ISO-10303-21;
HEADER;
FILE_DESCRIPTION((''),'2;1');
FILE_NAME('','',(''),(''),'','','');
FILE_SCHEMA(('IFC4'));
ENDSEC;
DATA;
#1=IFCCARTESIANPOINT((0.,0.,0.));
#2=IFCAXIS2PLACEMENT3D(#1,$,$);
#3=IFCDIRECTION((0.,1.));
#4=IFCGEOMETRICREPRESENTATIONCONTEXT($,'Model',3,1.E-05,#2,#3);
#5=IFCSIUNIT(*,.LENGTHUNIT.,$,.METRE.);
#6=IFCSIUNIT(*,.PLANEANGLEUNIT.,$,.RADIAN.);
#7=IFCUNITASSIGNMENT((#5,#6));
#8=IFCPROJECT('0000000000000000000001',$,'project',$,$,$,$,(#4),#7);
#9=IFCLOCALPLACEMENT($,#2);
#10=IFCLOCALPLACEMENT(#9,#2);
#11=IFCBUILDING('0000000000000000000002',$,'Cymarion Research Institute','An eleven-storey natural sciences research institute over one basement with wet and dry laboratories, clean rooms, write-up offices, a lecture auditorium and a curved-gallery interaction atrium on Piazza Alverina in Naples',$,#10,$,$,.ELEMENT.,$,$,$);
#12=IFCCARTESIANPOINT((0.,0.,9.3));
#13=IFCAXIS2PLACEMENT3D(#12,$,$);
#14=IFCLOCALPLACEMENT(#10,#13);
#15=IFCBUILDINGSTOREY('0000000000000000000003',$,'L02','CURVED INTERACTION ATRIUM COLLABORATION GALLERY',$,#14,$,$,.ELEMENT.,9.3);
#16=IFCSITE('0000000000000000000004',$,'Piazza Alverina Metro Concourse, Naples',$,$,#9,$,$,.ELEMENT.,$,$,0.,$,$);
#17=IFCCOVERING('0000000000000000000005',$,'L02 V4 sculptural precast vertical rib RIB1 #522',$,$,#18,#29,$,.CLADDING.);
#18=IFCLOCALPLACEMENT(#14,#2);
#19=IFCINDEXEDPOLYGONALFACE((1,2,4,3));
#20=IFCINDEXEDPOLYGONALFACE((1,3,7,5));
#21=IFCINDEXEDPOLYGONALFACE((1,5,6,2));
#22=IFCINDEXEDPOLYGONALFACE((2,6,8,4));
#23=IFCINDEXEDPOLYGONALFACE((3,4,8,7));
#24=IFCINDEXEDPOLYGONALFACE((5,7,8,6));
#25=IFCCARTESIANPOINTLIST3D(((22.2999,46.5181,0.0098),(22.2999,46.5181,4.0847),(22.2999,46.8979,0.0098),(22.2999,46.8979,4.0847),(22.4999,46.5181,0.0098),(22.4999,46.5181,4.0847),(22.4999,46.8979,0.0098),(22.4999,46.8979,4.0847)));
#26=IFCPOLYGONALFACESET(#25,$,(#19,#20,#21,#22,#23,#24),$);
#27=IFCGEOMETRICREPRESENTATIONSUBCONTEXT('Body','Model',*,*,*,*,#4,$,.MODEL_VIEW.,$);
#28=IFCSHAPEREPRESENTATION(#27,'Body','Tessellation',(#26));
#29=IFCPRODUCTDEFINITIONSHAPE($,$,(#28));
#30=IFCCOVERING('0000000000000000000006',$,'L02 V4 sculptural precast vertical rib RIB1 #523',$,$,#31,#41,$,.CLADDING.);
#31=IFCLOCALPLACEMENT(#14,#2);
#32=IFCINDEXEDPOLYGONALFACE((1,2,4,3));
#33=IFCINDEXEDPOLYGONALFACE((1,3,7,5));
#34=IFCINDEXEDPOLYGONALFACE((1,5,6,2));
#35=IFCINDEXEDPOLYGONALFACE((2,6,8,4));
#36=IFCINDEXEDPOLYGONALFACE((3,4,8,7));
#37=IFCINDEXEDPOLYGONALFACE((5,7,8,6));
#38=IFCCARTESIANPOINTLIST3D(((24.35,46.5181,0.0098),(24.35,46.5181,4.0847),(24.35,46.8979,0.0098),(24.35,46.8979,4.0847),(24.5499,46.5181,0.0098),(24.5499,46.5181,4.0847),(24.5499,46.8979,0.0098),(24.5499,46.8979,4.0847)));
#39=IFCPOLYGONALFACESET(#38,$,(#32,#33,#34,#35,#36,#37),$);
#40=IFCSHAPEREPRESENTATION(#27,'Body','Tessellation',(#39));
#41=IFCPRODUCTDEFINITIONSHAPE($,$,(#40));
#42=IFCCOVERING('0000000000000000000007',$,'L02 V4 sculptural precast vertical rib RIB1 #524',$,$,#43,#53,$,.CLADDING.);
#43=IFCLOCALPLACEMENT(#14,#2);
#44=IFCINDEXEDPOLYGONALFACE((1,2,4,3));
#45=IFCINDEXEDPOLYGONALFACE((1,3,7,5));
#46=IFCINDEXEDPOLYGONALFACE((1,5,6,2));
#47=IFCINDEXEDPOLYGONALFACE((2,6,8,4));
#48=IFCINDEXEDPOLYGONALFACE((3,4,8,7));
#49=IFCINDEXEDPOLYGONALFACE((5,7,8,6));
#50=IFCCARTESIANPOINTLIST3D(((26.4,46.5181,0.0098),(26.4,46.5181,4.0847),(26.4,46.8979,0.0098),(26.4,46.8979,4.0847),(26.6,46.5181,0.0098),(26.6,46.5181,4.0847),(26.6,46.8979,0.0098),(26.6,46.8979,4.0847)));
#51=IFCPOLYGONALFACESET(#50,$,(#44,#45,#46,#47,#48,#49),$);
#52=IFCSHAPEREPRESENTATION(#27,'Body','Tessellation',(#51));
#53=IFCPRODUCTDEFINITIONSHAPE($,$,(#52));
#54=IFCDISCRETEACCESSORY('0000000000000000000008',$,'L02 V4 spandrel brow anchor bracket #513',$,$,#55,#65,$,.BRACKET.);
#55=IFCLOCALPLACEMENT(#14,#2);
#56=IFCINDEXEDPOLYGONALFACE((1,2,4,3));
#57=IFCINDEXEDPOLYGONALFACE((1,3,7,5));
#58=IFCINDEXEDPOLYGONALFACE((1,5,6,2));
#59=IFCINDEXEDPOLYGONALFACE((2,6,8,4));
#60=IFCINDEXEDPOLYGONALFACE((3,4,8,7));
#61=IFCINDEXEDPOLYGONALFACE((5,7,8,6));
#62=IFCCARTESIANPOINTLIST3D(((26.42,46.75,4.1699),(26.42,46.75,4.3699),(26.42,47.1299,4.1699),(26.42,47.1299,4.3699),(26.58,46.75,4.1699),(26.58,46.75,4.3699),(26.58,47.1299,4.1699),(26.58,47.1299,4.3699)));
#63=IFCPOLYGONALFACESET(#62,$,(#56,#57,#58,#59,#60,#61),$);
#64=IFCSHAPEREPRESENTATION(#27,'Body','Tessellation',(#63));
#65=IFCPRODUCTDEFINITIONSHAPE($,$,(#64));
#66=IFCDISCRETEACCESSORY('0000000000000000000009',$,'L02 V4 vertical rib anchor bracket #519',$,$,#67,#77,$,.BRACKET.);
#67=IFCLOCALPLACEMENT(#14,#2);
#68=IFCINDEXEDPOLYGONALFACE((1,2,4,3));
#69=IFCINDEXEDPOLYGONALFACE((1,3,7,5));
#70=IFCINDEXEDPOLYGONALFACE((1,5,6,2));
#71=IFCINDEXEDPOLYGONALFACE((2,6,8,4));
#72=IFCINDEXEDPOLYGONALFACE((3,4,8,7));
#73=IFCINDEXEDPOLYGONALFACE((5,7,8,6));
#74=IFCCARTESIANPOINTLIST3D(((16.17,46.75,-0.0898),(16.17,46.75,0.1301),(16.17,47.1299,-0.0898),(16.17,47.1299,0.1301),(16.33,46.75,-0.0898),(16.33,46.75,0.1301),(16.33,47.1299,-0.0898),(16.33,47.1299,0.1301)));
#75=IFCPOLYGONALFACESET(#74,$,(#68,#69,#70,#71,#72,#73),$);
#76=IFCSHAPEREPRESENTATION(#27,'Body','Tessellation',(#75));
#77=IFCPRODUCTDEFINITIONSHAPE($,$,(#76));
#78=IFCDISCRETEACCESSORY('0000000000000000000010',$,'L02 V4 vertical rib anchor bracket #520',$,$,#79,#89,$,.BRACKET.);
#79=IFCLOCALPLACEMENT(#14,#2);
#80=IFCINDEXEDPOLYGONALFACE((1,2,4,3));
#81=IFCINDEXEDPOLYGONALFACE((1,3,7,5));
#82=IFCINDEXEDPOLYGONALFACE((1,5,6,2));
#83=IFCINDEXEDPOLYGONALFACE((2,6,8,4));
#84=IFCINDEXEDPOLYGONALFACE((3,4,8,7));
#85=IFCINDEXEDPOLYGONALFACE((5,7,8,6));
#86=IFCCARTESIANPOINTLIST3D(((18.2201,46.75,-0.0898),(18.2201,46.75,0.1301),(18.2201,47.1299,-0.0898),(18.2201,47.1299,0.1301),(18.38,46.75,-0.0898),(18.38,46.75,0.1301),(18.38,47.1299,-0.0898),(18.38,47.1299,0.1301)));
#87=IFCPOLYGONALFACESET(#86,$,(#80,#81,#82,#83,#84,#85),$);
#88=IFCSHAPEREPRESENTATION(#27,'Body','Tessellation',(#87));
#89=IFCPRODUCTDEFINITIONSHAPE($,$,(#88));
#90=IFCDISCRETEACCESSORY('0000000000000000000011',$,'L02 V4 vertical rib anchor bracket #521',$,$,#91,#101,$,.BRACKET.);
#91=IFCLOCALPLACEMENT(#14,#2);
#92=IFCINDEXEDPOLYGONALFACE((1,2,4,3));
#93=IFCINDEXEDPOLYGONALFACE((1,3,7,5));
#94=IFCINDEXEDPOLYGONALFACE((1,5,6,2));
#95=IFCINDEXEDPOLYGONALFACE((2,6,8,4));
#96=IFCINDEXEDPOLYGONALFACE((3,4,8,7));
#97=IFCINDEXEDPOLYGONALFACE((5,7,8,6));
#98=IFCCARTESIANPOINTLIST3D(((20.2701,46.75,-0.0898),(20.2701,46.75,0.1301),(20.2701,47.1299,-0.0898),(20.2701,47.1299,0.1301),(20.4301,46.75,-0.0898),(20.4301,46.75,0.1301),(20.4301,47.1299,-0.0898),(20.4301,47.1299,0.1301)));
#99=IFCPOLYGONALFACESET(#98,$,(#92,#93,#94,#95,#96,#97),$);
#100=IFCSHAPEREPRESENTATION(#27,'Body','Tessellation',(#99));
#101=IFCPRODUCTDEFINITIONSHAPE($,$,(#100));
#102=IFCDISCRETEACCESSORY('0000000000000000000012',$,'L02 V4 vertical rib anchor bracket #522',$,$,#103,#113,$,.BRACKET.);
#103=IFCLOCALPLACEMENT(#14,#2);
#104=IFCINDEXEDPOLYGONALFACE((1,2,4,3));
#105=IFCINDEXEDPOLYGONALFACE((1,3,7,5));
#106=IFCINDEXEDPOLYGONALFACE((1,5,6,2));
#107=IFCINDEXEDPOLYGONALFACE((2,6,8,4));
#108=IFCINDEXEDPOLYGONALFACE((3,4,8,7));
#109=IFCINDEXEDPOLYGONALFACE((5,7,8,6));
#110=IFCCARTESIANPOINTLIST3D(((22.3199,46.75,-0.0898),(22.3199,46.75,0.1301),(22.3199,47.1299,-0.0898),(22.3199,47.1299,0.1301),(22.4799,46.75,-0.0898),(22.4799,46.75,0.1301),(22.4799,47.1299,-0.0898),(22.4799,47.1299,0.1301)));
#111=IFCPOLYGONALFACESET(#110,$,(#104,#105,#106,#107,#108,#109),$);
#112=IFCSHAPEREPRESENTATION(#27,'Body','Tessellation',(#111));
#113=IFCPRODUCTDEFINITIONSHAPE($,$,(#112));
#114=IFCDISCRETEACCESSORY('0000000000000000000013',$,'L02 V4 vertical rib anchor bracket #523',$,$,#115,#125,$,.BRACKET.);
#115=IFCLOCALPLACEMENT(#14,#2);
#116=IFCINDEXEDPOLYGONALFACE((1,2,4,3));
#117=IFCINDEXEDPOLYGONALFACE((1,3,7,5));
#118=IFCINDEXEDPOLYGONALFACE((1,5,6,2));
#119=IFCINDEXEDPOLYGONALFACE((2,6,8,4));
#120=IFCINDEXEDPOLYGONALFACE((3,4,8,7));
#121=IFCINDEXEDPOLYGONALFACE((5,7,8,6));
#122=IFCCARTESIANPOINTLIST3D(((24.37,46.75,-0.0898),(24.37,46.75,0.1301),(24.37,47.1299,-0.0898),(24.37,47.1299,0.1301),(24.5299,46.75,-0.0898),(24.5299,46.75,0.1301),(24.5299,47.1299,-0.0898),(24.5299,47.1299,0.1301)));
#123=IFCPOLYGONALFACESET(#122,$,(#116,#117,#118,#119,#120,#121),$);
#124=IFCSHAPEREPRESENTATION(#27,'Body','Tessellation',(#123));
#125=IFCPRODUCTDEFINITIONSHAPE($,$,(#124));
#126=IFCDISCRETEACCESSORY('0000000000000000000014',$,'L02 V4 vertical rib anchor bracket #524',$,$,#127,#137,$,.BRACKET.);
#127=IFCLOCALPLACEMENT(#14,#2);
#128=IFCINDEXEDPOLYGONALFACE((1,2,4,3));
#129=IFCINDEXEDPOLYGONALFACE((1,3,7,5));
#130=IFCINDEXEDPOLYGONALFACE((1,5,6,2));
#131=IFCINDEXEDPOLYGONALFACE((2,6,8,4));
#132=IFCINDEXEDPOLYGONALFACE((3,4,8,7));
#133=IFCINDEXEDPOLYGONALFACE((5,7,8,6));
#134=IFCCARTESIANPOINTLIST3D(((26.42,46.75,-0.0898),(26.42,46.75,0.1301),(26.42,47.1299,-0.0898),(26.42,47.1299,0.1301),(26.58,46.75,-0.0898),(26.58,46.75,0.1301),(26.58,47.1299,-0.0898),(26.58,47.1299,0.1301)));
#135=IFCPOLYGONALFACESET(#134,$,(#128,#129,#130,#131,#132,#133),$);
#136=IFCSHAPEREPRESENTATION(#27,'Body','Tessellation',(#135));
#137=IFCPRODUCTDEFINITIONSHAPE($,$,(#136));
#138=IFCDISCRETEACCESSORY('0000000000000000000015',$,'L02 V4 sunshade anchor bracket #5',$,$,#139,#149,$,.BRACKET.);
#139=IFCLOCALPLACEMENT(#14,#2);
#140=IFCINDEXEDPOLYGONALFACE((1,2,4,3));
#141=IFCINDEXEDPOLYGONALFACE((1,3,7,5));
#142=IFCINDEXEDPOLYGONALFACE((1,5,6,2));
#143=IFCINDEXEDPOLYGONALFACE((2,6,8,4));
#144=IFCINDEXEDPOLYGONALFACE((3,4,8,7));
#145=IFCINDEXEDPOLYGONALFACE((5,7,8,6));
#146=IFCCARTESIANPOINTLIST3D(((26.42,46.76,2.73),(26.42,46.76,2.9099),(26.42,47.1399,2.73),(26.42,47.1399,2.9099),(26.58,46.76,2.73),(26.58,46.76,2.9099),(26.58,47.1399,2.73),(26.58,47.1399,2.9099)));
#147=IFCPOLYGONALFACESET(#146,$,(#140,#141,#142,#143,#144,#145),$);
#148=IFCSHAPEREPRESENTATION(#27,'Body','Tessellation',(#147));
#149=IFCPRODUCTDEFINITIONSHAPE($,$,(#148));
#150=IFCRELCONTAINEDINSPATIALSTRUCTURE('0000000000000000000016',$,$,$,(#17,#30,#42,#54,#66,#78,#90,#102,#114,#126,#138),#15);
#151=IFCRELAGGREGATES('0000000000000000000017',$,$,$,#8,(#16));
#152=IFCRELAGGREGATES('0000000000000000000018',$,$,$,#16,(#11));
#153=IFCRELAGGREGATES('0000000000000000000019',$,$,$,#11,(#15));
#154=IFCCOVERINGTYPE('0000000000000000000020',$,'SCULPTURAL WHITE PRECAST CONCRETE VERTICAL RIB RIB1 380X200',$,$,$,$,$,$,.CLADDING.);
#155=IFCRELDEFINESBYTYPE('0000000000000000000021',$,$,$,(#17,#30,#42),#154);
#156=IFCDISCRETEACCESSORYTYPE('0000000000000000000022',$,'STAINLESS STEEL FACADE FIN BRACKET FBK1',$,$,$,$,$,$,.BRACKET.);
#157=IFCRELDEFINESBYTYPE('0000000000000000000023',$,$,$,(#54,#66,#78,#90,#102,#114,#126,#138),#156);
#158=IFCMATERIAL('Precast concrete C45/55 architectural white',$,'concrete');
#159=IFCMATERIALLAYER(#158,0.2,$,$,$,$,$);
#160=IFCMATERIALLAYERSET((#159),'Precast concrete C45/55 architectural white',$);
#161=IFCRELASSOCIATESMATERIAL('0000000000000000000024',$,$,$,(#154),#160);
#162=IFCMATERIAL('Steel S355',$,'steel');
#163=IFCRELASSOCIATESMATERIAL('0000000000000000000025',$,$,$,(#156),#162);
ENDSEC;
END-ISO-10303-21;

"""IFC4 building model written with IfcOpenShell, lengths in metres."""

from ifc_helpers import new_model, si_unit, direction, frame, origin, origin_2d, place, context, subcontext, project, spatial, rectangle, extrude, material, layer, layer_set, type_object, element, save


model = new_model("IFC4")

# Units and contexts
model_context = context("Model", 3, precision=1e-05, world=origin(), true_north=direction((0.0, 1.0)))
body_context = subcontext(model_context, "Body", "Model", "MODEL_VIEW")
ifc_project = project(units=[si_unit("LENGTHUNIT", "METRE"), si_unit("PLANEANGLEUNIT", "RADIAN")], contexts=[model_context])

# Site, building, storey
site_placement = place(None, origin())
site = spatial("IfcSite", under=ifc_project, at=site_placement, Name="Piazza Alverina Metro Concourse, Naples", CompositionType="ELEMENT", RefElevation=0.0)
building_placement = place(site_placement, origin())
building = spatial("IfcBuilding", under=site, at=building_placement, Name="Cymarion Research Institute", Description="An eleven-storey natural sciences research institute over one basement with wet and dry laboratories, clean rooms, write-up offices, a lecture auditorium and a curved-gallery interaction atrium on Piazza Alverina in Naples", CompositionType="ELEMENT")
storey_placement = place(building_placement, frame((0.0, 0.0, 9.3)))
storey = spatial("IfcBuildingStorey", under=building, at=storey_placement, Name="L02", Description="CURVED INTERACTION ATRIUM COLLABORATION GALLERY", CompositionType="ELEMENT", Elevation=9.3)

# Shared definitions
ifc_material_1 = material(Name="Steel S355", Category="steel")

# Coverings
ifc_material_2 = material(Name="Precast concrete C45/55 architectural white", Category="concrete")
ifc_layer_1 = layer(ifc_material_2, 0.2)
ifc_layer_set_1 = layer_set([ifc_layer_1], Name="Precast concrete C45/55 architectural white")
covering_type_1 = type_object("IfcCoveringType", Name="SCULPTURAL WHITE PRECAST CONCRETE VERTICAL RIB RIB1 380X200", PredefinedType="CLADDING", material=ifc_layer_set_1)
for number, where, z_axis, x_axis, name in (
    (1, (22.3999, 46.708, 0.0098), (0.0, 0.0, 1.0), (0.0, -1.0, 0.0), "L02 V4 sculptural precast vertical rib RIB1 #522"),
    (2, (24.45, 46.708, 0.0098), (0.0, 0.0, 1.0), (0.0, -1.0, 0.0), "L02 V4 sculptural precast vertical rib RIB1 #523"),
    (3, (26.5, 46.708, 0.0098), (0.0, 0.0, 1.0), (0.0, -1.0, 0.0), "L02 V4 sculptural precast vertical rib RIB1 #524"),
):
    element("IfcCovering", number, at=place(storey_placement, frame(where, z_axis=z_axis, x_axis=x_axis)), inside=storey, type_object=covering_type_1, Name=name, PredefinedType="CLADDING", context=body_context, shape_type="SweptSolid", body=[
        extrude(rectangle(XDim=0.3799, YDim=0.2, at=origin_2d()), origin(), (0.0, 0.0, 1.0), 4.075),
    ])

# Discrete accessories
discrete_accessory_type = type_object("IfcDiscreteAccessoryType", Name="STAINLESS STEEL FACADE FIN BRACKET FBK1", PredefinedType="BRACKET", material=ifc_material_1)
discrete_accessory_1_placement = place(storey_placement, frame((26.5, 46.9399, 4.1699), z_axis=(0.0, 0.0, 1.0), x_axis=(0.0, -1.0, 0.0)))
element("IfcDiscreteAccessory", 4, at=discrete_accessory_1_placement, inside=storey, type_object=discrete_accessory_type, Name="L02 V4 spandrel brow anchor bracket #513", PredefinedType="BRACKET", context=body_context, shape_type="SweptSolid", body=[
    extrude(rectangle(XDim=0.3799, YDim=0.1599, at=origin_2d()), origin(), (0.0, 0.0, 1.0), 0.2),
])
for number, where, z_axis, x_axis, name in (
    (5, (16.25, 46.9399, -0.0898), (0.0, 0.0, 1.0), (0.0, -1.0, 0.0), "L02 V4 vertical rib anchor bracket #519"),
    (6, (18.3, 46.9399, -0.0898), (0.0, 0.0, 1.0), (0.0, -1.0, 0.0), "L02 V4 vertical rib anchor bracket #520"),
    (7, (20.3501, 46.9399, -0.0898), (0.0, 0.0, 1.0), (0.0, -1.0, 0.0), "L02 V4 vertical rib anchor bracket #521"),
    (8, (22.3999, 46.9399, -0.0898), (0.0, 0.0, 1.0), (0.0, -1.0, 0.0), "L02 V4 vertical rib anchor bracket #522"),
    (9, (24.45, 46.9399, -0.0898), (0.0, 0.0, 1.0), (0.0, -1.0, 0.0), "L02 V4 vertical rib anchor bracket #523"),
    (10, (26.5, 46.9399, -0.0898), (0.0, 0.0, 1.0), (0.0, -1.0, 0.0), "L02 V4 vertical rib anchor bracket #524"),
):
    element("IfcDiscreteAccessory", number, at=place(storey_placement, frame(where, z_axis=z_axis, x_axis=x_axis)), inside=storey, type_object=discrete_accessory_type, Name=name, PredefinedType="BRACKET", context=body_context, shape_type="SweptSolid", body=[
        extrude(rectangle(XDim=0.3799, YDim=0.1599, at=origin_2d()), origin(), (0.0, 0.0, 1.0), 0.22),
    ])
discrete_accessory_2_placement = place(storey_placement, frame((26.5, 46.95, 2.73), z_axis=(0.0, 0.0, 1.0), x_axis=(0.0, -1.0, 0.0)))
element("IfcDiscreteAccessory", 11, at=discrete_accessory_2_placement, inside=storey, type_object=discrete_accessory_type, Name="L02 V4 sunshade anchor bracket #5", PredefinedType="BRACKET", context=body_context, shape_type="SweptSolid", body=[
    extrude(rectangle(XDim=0.3799, YDim=0.1599, at=origin_2d()), origin(), (0.0, 0.0, 1.0), 0.1799),
])

save(model, "model.ifc")
